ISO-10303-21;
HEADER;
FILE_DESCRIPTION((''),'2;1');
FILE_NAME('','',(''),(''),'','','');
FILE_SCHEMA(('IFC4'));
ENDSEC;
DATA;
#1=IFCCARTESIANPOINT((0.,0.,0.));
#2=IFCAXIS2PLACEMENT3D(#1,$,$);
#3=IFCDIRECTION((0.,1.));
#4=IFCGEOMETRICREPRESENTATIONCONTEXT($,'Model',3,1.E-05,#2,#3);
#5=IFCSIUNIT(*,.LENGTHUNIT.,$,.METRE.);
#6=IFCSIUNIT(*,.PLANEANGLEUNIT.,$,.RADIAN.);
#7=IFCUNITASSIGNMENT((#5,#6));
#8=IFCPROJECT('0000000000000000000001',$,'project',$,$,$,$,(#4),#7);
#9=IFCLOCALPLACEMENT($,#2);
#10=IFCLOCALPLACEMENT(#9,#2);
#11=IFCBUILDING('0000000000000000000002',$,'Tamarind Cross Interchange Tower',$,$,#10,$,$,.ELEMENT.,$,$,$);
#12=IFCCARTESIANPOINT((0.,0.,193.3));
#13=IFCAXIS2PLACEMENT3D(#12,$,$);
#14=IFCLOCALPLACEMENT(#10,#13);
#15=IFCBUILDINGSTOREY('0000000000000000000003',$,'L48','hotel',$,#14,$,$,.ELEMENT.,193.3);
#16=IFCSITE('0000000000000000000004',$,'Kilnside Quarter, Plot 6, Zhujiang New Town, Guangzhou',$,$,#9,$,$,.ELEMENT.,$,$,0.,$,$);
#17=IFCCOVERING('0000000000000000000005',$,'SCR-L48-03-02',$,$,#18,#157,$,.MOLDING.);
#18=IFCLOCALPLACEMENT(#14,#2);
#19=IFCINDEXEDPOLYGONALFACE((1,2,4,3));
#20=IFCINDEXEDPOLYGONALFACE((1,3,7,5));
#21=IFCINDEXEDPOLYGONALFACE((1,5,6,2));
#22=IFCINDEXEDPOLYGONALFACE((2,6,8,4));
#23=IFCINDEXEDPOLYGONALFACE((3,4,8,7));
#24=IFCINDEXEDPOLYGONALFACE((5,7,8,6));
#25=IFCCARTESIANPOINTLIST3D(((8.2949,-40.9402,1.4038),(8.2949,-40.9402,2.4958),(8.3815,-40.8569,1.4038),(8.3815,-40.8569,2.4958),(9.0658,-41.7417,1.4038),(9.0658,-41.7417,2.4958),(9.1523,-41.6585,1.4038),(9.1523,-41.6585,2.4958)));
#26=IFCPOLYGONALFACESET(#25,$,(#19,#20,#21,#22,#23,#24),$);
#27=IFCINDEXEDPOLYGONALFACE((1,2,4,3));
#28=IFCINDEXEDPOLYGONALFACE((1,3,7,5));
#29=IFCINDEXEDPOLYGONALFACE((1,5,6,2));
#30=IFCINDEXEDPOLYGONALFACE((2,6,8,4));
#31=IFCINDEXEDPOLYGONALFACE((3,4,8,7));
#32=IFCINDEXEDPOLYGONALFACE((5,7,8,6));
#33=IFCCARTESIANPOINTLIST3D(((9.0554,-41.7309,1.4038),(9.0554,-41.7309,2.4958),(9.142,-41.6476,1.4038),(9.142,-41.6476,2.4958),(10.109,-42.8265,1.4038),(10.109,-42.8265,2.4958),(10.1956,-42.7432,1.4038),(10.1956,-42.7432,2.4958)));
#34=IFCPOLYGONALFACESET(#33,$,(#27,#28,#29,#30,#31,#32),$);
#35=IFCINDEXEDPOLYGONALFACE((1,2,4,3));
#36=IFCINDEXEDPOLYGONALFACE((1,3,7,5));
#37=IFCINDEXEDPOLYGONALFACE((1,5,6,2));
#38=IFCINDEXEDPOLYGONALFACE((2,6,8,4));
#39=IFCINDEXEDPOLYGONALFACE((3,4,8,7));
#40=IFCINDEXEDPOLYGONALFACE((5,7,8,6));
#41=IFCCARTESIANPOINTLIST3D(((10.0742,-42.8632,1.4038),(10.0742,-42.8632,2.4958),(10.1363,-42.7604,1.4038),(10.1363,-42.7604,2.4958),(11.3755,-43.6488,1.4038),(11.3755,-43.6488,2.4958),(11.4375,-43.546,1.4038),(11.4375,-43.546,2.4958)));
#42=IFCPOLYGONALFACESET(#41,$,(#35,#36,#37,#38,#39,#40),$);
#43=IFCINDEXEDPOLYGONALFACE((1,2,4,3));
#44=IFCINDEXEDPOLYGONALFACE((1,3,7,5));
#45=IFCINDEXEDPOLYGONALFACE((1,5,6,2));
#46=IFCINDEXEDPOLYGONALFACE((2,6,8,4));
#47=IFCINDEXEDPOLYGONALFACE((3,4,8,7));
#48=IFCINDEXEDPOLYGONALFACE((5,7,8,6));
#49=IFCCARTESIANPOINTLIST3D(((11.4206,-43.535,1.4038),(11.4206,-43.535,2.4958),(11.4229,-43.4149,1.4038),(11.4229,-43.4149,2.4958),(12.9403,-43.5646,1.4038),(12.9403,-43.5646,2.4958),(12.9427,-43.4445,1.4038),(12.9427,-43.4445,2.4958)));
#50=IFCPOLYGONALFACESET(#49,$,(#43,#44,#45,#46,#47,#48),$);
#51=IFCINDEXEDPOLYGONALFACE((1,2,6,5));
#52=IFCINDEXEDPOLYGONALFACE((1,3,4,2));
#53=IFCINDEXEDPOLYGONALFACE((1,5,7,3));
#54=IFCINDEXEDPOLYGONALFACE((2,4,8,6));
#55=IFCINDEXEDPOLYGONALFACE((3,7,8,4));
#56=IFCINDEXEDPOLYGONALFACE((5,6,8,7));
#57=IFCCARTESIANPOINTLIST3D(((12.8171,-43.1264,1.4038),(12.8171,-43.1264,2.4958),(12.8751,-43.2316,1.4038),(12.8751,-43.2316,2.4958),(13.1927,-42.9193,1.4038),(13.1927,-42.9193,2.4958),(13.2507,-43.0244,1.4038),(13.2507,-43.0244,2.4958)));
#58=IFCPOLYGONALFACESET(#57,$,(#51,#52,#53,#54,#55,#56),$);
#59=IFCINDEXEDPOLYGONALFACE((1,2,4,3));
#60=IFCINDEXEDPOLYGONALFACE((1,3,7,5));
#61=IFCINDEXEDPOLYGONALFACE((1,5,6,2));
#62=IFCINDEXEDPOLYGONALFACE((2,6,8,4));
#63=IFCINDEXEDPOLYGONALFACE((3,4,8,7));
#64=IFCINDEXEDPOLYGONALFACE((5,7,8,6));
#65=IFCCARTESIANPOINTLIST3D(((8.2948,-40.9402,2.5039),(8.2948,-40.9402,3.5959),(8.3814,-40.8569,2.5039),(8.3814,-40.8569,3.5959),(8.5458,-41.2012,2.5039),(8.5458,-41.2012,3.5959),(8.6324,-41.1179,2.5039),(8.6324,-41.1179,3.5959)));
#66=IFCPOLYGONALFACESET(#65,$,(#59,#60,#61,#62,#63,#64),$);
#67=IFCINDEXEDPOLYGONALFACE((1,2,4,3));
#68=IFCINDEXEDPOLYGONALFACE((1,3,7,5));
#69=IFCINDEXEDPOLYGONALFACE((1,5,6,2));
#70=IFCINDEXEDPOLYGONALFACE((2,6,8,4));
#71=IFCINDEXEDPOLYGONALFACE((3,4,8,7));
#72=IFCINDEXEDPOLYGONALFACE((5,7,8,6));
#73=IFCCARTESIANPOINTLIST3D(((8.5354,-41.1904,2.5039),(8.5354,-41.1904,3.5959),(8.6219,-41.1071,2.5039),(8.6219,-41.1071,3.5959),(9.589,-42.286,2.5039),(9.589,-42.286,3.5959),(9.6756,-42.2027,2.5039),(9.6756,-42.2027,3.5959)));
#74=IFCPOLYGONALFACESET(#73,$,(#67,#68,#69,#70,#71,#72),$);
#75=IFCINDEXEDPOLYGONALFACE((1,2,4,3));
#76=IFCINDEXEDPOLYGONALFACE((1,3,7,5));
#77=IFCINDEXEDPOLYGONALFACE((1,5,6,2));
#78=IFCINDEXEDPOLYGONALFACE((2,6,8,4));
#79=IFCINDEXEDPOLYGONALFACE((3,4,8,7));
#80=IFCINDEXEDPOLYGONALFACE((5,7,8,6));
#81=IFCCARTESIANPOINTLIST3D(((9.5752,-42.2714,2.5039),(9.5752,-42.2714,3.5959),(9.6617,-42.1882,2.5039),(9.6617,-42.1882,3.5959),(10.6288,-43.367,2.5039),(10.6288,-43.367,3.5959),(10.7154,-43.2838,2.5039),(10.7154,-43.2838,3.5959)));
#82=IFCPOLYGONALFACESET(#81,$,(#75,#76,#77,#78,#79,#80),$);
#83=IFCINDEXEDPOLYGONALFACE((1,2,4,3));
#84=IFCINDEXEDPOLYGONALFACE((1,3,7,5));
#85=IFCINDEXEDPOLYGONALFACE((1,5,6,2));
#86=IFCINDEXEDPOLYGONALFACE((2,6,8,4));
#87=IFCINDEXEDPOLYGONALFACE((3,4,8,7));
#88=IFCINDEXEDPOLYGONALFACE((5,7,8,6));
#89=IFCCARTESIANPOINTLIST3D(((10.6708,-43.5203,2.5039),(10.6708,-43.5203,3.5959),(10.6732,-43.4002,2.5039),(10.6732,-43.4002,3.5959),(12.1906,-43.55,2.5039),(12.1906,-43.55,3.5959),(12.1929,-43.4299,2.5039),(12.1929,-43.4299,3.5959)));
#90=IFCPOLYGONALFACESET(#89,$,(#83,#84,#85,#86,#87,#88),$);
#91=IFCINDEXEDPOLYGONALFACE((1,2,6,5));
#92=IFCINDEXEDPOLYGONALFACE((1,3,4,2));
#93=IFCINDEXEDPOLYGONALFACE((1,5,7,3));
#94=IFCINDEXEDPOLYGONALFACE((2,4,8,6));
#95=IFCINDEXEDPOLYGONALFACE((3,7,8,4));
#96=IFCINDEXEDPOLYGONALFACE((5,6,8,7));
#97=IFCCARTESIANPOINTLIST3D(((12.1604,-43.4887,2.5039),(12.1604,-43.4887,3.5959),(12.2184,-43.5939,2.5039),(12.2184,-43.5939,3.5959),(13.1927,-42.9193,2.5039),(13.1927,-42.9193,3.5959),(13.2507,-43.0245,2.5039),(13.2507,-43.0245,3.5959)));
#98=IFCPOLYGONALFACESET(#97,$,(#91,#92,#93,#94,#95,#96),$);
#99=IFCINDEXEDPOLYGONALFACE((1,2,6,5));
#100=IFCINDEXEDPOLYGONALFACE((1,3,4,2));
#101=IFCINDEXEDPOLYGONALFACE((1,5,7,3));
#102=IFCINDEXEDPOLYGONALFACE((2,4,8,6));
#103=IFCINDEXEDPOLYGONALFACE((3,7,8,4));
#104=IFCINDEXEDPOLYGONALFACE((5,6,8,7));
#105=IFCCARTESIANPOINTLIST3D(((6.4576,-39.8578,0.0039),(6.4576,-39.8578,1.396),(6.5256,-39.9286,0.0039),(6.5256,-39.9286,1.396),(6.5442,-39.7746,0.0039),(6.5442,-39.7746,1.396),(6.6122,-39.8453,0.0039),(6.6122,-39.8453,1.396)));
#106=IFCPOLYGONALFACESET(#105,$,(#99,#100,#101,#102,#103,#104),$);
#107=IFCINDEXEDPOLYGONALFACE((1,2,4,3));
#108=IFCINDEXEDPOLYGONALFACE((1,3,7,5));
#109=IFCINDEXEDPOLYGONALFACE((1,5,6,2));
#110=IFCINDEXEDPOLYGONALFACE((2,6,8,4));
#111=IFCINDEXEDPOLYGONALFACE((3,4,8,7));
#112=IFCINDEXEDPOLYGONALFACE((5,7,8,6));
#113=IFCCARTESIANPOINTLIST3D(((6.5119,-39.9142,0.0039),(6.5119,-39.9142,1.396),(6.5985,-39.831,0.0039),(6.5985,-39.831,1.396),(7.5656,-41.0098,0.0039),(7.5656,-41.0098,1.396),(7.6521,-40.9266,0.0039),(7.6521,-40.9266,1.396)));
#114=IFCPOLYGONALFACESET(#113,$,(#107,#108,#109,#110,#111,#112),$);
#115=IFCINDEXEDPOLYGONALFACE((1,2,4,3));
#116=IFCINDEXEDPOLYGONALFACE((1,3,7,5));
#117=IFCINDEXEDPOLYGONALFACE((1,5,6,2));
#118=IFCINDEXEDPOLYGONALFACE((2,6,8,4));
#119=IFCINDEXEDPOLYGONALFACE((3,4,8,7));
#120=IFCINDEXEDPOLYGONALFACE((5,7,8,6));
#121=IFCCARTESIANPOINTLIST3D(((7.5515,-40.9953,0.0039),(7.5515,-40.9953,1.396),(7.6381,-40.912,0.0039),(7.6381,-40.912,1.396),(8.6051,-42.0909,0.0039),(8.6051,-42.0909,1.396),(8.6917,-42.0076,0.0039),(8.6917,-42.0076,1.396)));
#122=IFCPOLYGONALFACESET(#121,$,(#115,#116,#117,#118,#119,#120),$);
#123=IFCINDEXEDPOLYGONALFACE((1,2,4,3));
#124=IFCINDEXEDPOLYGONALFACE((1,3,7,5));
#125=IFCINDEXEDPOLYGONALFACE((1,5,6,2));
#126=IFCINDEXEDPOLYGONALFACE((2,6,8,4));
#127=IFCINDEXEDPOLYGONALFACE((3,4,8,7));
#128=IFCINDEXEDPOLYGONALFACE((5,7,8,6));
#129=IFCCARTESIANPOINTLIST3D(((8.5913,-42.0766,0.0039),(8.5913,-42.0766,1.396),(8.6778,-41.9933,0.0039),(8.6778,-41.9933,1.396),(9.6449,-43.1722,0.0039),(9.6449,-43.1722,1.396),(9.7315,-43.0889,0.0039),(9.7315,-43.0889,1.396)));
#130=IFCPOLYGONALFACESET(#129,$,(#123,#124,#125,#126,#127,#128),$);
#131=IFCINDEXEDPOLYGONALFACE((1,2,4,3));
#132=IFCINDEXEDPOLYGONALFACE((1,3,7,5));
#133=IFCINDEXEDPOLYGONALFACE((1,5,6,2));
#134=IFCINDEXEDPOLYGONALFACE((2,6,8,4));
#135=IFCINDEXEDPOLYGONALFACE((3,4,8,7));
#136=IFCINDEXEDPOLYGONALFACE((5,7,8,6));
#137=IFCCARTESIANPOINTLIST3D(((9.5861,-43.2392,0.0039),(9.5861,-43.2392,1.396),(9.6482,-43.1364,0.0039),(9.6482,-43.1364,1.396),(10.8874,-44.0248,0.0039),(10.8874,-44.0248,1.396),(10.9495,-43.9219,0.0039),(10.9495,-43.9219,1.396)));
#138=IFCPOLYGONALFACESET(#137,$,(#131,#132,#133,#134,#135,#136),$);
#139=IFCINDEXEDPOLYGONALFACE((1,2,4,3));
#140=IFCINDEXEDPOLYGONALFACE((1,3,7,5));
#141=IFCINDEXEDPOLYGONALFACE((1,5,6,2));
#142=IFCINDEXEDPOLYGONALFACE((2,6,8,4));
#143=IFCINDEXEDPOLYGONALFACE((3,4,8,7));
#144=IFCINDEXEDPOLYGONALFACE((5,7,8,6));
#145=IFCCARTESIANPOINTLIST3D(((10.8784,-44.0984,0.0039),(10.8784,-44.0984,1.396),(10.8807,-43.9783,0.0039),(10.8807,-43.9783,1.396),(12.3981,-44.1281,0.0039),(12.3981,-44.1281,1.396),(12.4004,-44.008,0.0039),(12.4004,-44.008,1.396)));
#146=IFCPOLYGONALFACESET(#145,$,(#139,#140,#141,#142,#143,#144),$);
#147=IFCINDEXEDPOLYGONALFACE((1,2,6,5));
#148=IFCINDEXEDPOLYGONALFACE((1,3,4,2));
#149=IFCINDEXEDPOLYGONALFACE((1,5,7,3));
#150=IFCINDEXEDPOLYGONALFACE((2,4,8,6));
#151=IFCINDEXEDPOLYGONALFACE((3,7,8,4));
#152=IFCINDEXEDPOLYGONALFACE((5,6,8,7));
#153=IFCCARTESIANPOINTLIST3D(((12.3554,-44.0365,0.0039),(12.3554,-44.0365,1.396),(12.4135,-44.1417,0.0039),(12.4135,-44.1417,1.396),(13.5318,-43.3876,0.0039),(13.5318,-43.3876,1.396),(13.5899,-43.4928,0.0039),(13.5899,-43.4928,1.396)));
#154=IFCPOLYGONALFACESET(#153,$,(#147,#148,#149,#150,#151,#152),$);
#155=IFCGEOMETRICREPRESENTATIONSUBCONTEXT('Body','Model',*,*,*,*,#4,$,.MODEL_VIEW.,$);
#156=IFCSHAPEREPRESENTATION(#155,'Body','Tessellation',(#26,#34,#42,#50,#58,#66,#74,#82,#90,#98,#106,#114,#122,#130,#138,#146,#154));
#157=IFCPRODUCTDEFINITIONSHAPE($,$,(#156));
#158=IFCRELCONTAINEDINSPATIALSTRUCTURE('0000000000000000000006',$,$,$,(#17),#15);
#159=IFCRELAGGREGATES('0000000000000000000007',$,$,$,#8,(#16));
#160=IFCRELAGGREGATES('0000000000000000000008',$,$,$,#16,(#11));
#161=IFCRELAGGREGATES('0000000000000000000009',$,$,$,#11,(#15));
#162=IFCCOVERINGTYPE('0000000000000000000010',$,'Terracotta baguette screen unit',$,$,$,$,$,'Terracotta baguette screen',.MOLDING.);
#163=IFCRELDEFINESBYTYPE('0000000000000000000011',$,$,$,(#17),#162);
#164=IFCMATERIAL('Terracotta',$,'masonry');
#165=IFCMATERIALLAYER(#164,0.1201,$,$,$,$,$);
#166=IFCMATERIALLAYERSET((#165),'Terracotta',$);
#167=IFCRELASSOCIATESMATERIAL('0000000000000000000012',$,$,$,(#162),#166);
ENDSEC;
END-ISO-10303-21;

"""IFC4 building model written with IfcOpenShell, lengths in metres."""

from ifc_helpers import new_model, si_unit, direction, frame, origin, origin_2d, place, context, subcontext, project, spatial, rectangle, extrude, material, layer, layer_set, type_object, element, save


model = new_model("IFC4")

# Units and contexts
model_context = context("Model", 3, precision=1e-05, world=origin(), true_north=direction((0.0, 1.0)))
body_context = subcontext(model_context, "Body", "Model", "MODEL_VIEW")
ifc_project = project(units=[si_unit("LENGTHUNIT", "METRE"), si_unit("PLANEANGLEUNIT", "RADIAN")], contexts=[model_context])

# Site, building, storey
site_placement = place(None, origin())
site = spatial("IfcSite", under=ifc_project, at=site_placement, Name="Kilnside Quarter, Plot 6, Zhujiang New Town, Guangzhou", CompositionType="ELEMENT", RefElevation=0.0)
building_placement = place(site_placement, origin())
building = spatial("IfcBuilding", under=site, at=building_placement, Name="Tamarind Cross Interchange Tower", CompositionType="ELEMENT")
storey_placement = place(building_placement, frame((0.0, 0.0, 193.3)))
storey = spatial("IfcBuildingStorey", under=building, at=storey_placement, Name="L48", Description="hotel", CompositionType="ELEMENT", Elevation=193.3)

# Covering
ifc_material_1 = material(Name="Terracotta", Category="masonry")
ifc_layer_1 = layer(ifc_material_1, 0.1201)
ifc_layer_set_1 = layer_set([ifc_layer_1], Name="Terracotta")
covering_type = type_object("IfcCoveringType", Name="Terracotta baguette screen unit", ElementType="Terracotta baguette screen", PredefinedType="MOLDING", material=ifc_layer_set_1)
covering_1_placement = place(storey_placement, origin())
element("IfcCovering", 1, at=covering_1_placement, inside=storey, type_object=covering_type, Name="SCR-L48-03-02", PredefinedType="MOLDING", context=body_context, shape_type="SweptSolid", body=[
    extrude(rectangle(XDim=1.1121, YDim=0.1201, at=origin_2d()), frame((8.7236, -41.2993, 1.4038), z_axis=(0.0, 0.0, 1.0), x_axis=(0.69317, -0.720774, 0.0)), (0.0, 0.0, 1.0), 1.092),
    extrude(rectangle(XDim=1.52, YDim=0.1201, at=origin_2d()), frame((9.6255, -42.2371, 1.4038), z_axis=(0.0, 0.0, 1.0), x_axis=(0.69317, -0.720774, 0.0)), (0.0, 0.0, 1.0), 1.092),
    extrude(rectangle(XDim=1.52, YDim=0.1201, at=origin_2d()), frame((10.7559, -43.2046, 1.4038), z_axis=(0.0, 0.0, 1.0), x_axis=(0.856101, -0.516808, 0.0)), (0.0, 0.0, 1.0), 1.092),
    extrude(rectangle(XDim=1.52, YDim=0.1201, at=origin_2d()), frame((12.1816, -43.4897, 1.4038), z_axis=(0.0, 0.0, 1.0), x_axis=(0.999809, -0.019519, 0.0)), (0.0, 0.0, 1.0), 1.092),
    extrude(rectangle(XDim=0.429, YDim=0.1201, at=origin_2d()), frame((13.0339, -43.0754, 1.4038), z_axis=(0.0, 0.0, 1.0), x_axis=(0.87562, 0.483001, 0.0)), (0.0, 0.0, 1.0), 1.092),
    extrude(rectangle(XDim=0.3621, YDim=0.1201, at=origin_2d()), frame((8.4636, -41.0291, 2.5039), z_axis=(0.0, 0.0, 1.0), x_axis=(0.69317, -0.720774, 0.0)), (0.0, 0.0, 1.0), 1.092),
    extrude(rectangle(XDim=1.52, YDim=0.1201, at=origin_2d()), frame((9.1055, -41.6965, 2.5039), z_axis=(0.0, 0.0, 1.0), x_axis=(0.69317, -0.720774, 0.0)), (0.0, 0.0, 1.0), 1.092),
    extrude(rectangle(XDim=1.52, YDim=0.1201, at=origin_2d()), frame((10.1453, -42.7776, 2.5039), z_axis=(0.0, 0.0, 1.0), x_axis=(0.69317, -0.720774, 0.0)), (0.0, 0.0, 1.0), 1.092),
    extrude(rectangle(XDim=1.52, YDim=0.1201, at=origin_2d()), frame((11.4319, -43.4751, 2.5039), z_axis=(0.0, 0.0, 1.0), x_axis=(0.999809, -0.019519, 0.0)), (0.0, 0.0, 1.0), 1.092),
    extrude(rectangle(XDim=1.179, YDim=0.1201, at=origin_2d()), frame((12.7056, -43.2566, 2.5039), z_axis=(0.0, 0.0, 1.0), x_axis=(0.87562, 0.483001, 0.0)), (0.0, 0.0, 1.0), 1.092),
    extrude(rectangle(XDim=0.0981, YDim=0.1201, at=origin_2d()), frame((6.5349, -39.8516, 0.0039), z_axis=(0.0, 0.0, 1.0), x_axis=(0.69317, -0.720774, 0.0)), (0.0, 0.0, 1.0), 1.3921),
    extrude(rectangle(XDim=1.52, YDim=0.1201, at=origin_2d()), frame((7.082, -40.4204, 0.0039), z_axis=(0.0, 0.0, 1.0), x_axis=(0.69317, -0.720774, 0.0)), (0.0, 0.0, 1.0), 1.3921),
    extrude(rectangle(XDim=1.52, YDim=0.1201, at=origin_2d()), frame((8.1216, -41.5015, 0.0039), z_axis=(0.0, 0.0, 1.0), x_axis=(0.69317, -0.720774, 0.0)), (0.0, 0.0, 1.0), 1.3921),
    extrude(rectangle(XDim=1.52, YDim=0.1201, at=origin_2d()), frame((9.1614, -42.5828, 0.0039), z_axis=(0.0, 0.0, 1.0), x_axis=(0.69317, -0.720774, 0.0)), (0.0, 0.0, 1.0), 1.3921),
    extrude(rectangle(XDim=1.52, YDim=0.1201, at=origin_2d()), frame((10.2678, -43.5806, 0.0039), z_axis=(0.0, 0.0, 1.0), x_axis=(0.856101, -0.516808, 0.0)), (0.0, 0.0, 1.0), 1.3921),
    extrude(rectangle(XDim=1.52, YDim=0.1201, at=origin_2d()), frame((11.6394, -44.0532, 0.0039), z_axis=(0.0, 0.0, 1.0), x_axis=(0.999809, -0.019519, 0.0)), (0.0, 0.0, 1.0), 1.3921),
    extrude(rectangle(XDim=1.3435, YDim=0.1201, at=origin_2d()), frame((12.9727, -43.7646, 0.0039), z_axis=(0.0, 0.0, 1.0), x_axis=(0.87562, 0.483001, 0.0)), (0.0, 0.0, 1.0), 1.3921),
])

save(model, "model.ifc")
